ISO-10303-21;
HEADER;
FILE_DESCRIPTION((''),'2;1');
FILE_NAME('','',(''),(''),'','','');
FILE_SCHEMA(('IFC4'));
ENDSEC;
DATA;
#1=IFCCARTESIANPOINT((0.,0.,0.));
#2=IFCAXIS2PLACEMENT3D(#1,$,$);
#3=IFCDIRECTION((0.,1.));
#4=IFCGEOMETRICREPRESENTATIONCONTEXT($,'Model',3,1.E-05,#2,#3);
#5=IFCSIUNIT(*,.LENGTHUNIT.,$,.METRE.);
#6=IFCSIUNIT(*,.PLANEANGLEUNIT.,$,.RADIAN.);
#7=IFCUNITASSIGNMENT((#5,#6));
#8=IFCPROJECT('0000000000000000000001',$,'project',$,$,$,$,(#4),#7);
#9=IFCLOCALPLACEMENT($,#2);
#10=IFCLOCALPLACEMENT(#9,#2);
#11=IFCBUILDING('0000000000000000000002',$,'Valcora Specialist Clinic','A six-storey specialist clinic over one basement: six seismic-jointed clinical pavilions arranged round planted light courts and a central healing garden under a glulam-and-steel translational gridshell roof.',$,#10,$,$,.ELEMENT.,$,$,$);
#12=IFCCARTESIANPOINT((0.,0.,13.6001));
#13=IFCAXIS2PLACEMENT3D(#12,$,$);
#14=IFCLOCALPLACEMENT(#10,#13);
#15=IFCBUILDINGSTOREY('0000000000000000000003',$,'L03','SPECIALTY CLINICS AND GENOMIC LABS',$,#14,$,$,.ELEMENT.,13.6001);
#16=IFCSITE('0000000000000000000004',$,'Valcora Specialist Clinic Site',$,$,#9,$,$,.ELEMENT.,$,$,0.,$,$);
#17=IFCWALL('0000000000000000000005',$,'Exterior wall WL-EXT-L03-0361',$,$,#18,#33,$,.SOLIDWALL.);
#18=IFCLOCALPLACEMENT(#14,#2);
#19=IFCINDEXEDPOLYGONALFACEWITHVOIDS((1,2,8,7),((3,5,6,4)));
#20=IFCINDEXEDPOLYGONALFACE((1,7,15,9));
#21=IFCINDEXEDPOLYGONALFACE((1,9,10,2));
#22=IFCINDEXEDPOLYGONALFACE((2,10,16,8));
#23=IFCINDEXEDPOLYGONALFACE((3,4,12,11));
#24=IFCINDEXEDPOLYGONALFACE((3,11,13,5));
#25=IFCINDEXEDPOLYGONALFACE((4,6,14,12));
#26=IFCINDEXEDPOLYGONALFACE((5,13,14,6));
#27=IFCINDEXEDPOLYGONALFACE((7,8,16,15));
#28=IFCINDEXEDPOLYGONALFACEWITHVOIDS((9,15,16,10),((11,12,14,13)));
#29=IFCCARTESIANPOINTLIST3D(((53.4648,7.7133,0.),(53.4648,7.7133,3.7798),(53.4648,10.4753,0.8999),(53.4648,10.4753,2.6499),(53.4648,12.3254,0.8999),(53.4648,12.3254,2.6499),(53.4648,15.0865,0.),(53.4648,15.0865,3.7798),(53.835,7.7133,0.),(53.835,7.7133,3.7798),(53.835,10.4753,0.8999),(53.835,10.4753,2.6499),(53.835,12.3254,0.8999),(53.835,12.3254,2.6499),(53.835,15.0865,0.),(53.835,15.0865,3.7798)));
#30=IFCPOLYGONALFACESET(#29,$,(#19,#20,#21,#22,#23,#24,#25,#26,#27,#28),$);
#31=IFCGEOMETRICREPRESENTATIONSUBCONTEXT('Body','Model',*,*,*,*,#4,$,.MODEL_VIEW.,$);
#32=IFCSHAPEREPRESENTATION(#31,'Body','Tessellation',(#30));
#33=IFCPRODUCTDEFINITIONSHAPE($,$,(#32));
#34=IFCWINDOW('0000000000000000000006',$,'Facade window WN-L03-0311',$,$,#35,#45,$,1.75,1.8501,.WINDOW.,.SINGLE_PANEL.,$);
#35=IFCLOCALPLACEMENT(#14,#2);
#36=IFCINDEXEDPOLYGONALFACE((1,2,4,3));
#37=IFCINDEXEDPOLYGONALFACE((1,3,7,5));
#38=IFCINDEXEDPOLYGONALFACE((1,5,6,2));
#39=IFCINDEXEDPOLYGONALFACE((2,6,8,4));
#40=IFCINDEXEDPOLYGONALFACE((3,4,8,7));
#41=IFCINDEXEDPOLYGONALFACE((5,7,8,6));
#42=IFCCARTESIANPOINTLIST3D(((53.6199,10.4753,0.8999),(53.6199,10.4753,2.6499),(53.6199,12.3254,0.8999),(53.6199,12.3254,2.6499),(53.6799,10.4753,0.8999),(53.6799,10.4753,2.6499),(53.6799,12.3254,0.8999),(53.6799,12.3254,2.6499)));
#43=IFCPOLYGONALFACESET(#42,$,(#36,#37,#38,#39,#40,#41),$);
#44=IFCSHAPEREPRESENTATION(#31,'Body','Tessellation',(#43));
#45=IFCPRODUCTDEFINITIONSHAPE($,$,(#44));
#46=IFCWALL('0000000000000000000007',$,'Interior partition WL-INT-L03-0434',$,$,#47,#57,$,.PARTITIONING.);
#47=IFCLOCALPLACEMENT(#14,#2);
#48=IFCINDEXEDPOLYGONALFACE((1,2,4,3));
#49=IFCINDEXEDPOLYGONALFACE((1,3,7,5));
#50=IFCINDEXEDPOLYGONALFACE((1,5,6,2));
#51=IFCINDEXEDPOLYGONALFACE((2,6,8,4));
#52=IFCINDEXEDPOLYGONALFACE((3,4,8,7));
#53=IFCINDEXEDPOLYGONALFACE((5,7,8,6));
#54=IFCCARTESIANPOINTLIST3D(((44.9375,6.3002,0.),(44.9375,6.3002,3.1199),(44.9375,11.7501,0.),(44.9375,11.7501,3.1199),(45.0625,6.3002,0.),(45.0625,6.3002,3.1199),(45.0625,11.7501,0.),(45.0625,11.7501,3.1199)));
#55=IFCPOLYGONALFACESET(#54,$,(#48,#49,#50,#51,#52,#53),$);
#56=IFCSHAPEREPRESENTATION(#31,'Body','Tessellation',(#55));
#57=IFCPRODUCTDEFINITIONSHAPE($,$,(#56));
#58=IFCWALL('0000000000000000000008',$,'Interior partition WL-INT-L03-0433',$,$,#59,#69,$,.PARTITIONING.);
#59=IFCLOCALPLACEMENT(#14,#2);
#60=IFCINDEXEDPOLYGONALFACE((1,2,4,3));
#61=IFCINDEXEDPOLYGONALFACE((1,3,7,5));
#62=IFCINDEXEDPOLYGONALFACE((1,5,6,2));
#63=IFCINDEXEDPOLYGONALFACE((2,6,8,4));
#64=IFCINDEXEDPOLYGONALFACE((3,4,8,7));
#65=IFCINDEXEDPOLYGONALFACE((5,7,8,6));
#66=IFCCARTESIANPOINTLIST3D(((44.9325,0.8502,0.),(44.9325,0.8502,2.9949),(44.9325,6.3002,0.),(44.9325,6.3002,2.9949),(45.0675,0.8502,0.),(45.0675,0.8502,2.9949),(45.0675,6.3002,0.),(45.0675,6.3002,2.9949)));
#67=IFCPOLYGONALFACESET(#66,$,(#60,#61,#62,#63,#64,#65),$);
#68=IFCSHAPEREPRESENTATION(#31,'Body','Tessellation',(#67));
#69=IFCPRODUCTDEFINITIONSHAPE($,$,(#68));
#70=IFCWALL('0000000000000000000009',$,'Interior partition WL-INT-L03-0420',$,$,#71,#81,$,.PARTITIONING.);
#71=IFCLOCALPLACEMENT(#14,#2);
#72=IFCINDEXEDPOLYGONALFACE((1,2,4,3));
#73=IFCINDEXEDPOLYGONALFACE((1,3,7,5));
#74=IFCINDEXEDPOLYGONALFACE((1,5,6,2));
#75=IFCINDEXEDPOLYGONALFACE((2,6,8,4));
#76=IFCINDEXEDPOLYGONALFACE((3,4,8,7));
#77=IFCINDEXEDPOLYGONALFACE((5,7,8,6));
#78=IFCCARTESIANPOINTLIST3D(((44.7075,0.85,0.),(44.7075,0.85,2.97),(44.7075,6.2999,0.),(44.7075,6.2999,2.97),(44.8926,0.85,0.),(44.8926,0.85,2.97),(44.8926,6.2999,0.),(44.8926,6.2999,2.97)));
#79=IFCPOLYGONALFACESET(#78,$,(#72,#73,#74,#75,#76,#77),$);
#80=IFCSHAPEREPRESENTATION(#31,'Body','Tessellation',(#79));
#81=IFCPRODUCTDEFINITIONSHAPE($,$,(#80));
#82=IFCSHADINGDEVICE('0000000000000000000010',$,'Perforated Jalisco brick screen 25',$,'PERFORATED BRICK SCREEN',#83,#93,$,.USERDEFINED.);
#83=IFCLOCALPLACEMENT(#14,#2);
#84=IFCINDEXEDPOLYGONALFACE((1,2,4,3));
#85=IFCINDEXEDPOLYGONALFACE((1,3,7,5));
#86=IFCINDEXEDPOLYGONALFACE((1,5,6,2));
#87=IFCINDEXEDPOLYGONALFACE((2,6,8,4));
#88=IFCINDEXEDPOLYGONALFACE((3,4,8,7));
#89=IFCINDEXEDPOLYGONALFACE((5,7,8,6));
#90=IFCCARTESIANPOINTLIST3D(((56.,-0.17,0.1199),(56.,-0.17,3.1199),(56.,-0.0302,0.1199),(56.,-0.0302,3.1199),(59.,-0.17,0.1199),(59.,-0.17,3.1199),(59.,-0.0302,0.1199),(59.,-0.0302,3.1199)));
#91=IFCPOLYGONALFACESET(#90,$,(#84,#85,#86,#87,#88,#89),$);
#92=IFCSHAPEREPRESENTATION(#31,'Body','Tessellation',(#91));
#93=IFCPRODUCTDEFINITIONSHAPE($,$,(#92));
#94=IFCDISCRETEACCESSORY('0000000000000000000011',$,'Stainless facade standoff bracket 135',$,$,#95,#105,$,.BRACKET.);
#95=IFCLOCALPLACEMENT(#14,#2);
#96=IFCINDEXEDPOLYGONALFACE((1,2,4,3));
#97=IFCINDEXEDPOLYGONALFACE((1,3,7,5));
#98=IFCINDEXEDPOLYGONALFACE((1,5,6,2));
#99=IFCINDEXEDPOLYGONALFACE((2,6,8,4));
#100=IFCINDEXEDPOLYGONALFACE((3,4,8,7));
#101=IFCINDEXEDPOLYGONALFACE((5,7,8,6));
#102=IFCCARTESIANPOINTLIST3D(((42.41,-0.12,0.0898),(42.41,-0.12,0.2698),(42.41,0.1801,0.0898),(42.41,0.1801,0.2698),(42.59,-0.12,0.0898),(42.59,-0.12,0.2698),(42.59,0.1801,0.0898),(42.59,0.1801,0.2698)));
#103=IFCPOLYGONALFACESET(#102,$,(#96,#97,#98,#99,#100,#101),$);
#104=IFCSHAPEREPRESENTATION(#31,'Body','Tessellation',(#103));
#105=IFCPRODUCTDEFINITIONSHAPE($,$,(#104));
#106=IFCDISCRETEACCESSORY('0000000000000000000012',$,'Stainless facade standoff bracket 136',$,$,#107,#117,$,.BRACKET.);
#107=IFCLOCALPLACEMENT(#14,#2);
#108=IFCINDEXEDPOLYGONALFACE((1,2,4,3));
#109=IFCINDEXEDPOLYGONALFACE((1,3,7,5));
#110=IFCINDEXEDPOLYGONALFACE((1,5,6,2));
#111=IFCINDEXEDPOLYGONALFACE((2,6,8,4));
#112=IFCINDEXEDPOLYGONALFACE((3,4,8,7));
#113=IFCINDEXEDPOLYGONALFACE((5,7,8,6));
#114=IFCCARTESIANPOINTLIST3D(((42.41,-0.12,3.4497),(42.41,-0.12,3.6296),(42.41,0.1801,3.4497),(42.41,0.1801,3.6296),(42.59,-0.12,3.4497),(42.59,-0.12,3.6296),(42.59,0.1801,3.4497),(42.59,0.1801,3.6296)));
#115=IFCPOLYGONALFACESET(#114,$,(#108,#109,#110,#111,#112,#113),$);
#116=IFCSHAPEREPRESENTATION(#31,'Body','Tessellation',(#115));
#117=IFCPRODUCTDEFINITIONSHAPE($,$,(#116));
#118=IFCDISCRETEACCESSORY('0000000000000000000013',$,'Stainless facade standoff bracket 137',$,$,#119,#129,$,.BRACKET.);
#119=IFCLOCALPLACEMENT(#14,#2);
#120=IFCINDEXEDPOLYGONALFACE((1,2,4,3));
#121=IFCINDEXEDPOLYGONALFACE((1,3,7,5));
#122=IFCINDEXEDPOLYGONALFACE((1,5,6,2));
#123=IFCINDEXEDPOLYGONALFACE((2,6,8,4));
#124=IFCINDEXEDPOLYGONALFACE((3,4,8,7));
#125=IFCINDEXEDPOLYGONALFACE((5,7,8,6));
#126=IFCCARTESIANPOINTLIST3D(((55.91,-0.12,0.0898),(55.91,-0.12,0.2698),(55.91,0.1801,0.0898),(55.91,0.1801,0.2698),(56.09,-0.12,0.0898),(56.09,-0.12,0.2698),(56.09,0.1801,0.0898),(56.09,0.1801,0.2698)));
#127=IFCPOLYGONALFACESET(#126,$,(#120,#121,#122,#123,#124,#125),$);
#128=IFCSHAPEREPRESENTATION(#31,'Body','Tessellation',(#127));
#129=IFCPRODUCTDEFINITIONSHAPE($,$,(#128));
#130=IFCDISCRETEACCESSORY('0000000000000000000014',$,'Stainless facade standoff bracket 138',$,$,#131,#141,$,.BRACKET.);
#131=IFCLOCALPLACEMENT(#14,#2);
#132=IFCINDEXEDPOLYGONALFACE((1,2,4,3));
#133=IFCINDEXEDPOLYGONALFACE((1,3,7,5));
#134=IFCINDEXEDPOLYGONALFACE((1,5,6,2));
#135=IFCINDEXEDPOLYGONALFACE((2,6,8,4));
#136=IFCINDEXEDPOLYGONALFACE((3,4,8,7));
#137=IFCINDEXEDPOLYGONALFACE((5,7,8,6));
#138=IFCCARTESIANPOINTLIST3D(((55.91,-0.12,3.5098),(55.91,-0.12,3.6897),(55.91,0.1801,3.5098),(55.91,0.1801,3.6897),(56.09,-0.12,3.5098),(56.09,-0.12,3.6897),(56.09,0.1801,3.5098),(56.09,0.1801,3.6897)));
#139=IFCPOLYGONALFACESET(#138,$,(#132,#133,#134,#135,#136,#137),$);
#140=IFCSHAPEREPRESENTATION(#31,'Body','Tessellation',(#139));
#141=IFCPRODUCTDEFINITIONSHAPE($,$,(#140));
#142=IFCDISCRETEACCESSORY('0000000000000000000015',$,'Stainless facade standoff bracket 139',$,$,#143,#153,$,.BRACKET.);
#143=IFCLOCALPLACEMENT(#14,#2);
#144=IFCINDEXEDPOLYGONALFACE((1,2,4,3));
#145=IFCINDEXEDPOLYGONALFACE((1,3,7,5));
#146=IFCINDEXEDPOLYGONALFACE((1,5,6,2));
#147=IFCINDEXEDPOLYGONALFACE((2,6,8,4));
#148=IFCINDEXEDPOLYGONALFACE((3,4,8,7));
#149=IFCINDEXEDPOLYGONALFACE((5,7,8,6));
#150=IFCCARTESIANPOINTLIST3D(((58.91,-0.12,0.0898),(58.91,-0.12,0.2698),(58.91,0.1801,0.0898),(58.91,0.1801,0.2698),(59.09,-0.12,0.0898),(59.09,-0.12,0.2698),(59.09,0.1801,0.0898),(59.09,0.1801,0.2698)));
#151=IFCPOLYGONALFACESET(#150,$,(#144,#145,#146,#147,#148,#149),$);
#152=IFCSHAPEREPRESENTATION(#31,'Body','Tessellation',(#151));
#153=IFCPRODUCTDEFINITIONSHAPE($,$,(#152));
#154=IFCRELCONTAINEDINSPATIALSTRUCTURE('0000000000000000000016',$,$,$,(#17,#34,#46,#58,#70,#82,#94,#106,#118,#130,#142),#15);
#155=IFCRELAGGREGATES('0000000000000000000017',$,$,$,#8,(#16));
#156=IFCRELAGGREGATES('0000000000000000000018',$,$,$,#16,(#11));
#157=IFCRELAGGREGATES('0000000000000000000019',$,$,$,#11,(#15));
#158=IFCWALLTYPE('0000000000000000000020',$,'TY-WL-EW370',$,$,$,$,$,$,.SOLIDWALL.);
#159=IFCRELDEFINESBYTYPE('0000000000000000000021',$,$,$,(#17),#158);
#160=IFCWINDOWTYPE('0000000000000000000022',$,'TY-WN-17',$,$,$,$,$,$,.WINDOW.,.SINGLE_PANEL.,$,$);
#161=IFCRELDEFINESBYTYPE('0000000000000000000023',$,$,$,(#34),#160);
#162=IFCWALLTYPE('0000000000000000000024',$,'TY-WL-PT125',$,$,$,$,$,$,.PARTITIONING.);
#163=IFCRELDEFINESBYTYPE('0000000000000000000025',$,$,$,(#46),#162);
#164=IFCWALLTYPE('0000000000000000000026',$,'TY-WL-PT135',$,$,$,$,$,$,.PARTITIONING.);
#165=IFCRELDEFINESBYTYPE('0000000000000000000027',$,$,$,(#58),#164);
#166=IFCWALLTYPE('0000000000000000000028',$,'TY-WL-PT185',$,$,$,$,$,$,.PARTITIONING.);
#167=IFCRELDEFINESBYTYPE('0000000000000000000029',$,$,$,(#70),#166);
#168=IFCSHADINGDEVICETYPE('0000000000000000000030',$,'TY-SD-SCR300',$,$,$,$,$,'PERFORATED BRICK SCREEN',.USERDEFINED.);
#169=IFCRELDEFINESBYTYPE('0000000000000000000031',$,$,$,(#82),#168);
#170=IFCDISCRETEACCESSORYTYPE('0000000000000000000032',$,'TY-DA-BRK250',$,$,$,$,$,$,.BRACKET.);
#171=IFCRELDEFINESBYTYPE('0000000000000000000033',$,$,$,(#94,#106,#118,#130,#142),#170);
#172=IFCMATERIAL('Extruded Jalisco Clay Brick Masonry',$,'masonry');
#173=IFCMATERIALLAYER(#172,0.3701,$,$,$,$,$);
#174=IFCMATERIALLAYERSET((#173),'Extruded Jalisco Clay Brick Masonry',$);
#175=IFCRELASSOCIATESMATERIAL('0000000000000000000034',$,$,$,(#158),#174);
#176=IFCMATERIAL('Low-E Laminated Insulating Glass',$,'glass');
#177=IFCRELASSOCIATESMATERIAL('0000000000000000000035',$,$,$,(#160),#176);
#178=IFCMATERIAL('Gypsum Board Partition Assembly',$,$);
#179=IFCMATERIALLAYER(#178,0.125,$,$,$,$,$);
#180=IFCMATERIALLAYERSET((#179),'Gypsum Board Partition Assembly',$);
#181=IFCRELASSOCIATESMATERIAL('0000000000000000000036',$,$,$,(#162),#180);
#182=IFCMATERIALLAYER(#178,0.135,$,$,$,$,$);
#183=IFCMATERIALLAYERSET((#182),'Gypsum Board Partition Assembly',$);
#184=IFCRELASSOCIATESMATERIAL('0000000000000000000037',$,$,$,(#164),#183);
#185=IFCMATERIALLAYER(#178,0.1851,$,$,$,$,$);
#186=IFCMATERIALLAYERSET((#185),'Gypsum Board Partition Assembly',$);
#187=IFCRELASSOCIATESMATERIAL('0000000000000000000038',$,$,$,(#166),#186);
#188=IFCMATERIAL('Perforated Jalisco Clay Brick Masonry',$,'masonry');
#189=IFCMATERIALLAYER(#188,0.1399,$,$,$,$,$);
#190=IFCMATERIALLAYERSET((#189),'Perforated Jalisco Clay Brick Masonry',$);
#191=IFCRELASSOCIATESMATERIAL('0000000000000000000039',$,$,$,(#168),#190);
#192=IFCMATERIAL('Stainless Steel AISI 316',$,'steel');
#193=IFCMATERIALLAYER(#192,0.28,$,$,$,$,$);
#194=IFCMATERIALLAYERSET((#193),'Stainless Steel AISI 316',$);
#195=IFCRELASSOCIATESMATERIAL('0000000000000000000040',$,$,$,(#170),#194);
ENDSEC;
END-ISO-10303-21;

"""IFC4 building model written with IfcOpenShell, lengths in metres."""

from ifc_helpers import new_model, si_unit, direction, frame, frame_2d, origin, origin_2d, place, context, subcontext, project, spatial, rectangle, extrude, material, layer, layer_set, type_object, element, fill, save


model = new_model("IFC4")

# Units and contexts
model_context = context("Model", 3, precision=1e-05, world=origin(), true_north=direction((0.0, 1.0)))
body_context = subcontext(model_context, "Body", "Model", "MODEL_VIEW")
ifc_project = project(units=[si_unit("LENGTHUNIT", "METRE"), si_unit("PLANEANGLEUNIT", "RADIAN")], contexts=[model_context])

# Site, building, storey
site_placement = place(None, origin())
site = spatial("IfcSite", under=ifc_project, at=site_placement, Name="Valcora Specialist Clinic Site", CompositionType="ELEMENT", RefElevation=0.0)
building_placement = place(site_placement, origin())
building = spatial("IfcBuilding", under=site, at=building_placement, Name="Valcora Specialist Clinic", Description="A six-storey specialist clinic over one basement: six seismic-jointed clinical pavilions arranged round planted light courts and a central healing garden under a glulam-and-steel translational gridshell roof.", CompositionType="ELEMENT")
storey_placement = place(building_placement, frame((0.0, 0.0, 13.6001)))
storey = spatial("IfcBuildingStorey", under=building, at=storey_placement, Name="L03", Description="SPECIALTY CLINICS AND GENOMIC LABS", CompositionType="ELEMENT", Elevation=13.6001)

# Wall, opening, window
ifc_material_1 = material(Name="Extruded Jalisco Clay Brick Masonry", Category="masonry")
ifc_material_2 = material(Name="Low-E Laminated Insulating Glass", Category="glass")
ifc_layer_1 = layer(ifc_material_1, 0.3701)
ifc_layer_set_1 = layer_set([ifc_layer_1], Name="Extruded Jalisco Clay Brick Masonry")
wall_type_1 = type_object("IfcWallType", Name="TY-WL-EW370", PredefinedType="SOLIDWALL", material=ifc_layer_set_1)
wall_1_placement = place(storey_placement, frame((53.6499, 7.7134, 0.0), z_axis=(0.0, 0.0, 1.0), x_axis=(0.0, 1.0, 0.0)))
wall_1 = element("IfcWall", 1, at=wall_1_placement, inside=storey, type_object=wall_type_1, Name="Exterior wall WL-EXT-L03-0361", PredefinedType="SOLIDWALL", context=body_context, shape_type="SweptSolid", body=[
    extrude(rectangle(XDim=7.3733, YDim=0.3701, at=frame_2d((3.6865, 0.0))), origin(), (0.0, 0.0, 1.0), 3.7798),
])
opening_1_placement = place(wall_1_placement, frame((2.762, 0.0, 0.8999)))
opening_1 = element("IfcOpeningElement", 2, at=opening_1_placement, cuts=wall_1, PredefinedType="OPENING", context=body_context, shape_type="SweptSolid", body=[
    extrude(rectangle(XDim=1.8501, YDim=1.75, at=frame_2d((0.925, 0.875))), frame((0.0, 0.1951, 0.0), z_axis=(0.0, -1.0, 0.0), x_axis=(1.0, 0.0, 0.0)), (0.0, 0.0, 1.0), 0.3901),
])
window_type_1 = type_object("IfcWindowType", Name="TY-WN-17", PartitioningType="SINGLE_PANEL", PredefinedType="WINDOW", material=ifc_material_2)
window_1_placement = place(opening_1_placement, origin())
window_1 = element("IfcWindow", 3, at=window_1_placement, inside=storey, type_object=window_type_1, Name="Facade window WN-L03-0311", OverallHeight=1.75, OverallWidth=1.8501, PartitioningType="SINGLE_PANEL", PredefinedType="WINDOW", context=body_context, shape_type="SweptSolid", body=[
    extrude(rectangle(XDim=1.8501, YDim=1.75, at=frame_2d((0.925, 0.875))), frame((0.0, 0.03, 0.0), z_axis=(0.0, -1.0, 0.0), x_axis=(1.0, 0.0, 0.0)), (0.0, 0.0, 1.0), 0.0601),
])
fill(opening_1, window_1)

# Walls
ifc_material_3 = material(Name="Gypsum Board Partition Assembly")
ifc_layer_2 = layer(ifc_material_3, 0.125)
ifc_layer_set_2 = layer_set([ifc_layer_2], Name="Gypsum Board Partition Assembly")
wall_type_2 = type_object("IfcWallType", Name="TY-WL-PT125", PredefinedType="PARTITIONING", material=ifc_layer_set_2)
wall_2_placement = place(storey_placement, frame((45.0, 6.3, 0.0), z_axis=(0.0, 0.0, 1.0), x_axis=(0.0, 1.0, 0.0)))
element("IfcWall", 4, at=wall_2_placement, inside=storey, type_object=wall_type_2, Name="Interior partition WL-INT-L03-0434", PredefinedType="PARTITIONING", context=body_context, shape_type="SweptSolid", body=[
    extrude(rectangle(XDim=5.45, YDim=0.125, at=frame_2d((2.7251, 0.0))), origin(), (0.0, 0.0, 1.0), 3.1199),
])
ifc_layer_3 = layer(ifc_material_3, 0.135)
ifc_layer_set_3 = layer_set([ifc_layer_3], Name="Gypsum Board Partition Assembly")
wall_type_3 = type_object("IfcWallType", Name="TY-WL-PT135", PredefinedType="PARTITIONING", material=ifc_layer_set_3)
wall_3_placement = place(storey_placement, frame((45.0, 0.8501, 0.0), z_axis=(0.0, 0.0, 1.0), x_axis=(0.0, 1.0, 0.0)))
element("IfcWall", 5, at=wall_3_placement, inside=storey, type_object=wall_type_3, Name="Interior partition WL-INT-L03-0433", PredefinedType="PARTITIONING", context=body_context, shape_type="SweptSolid", body=[
    extrude(rectangle(XDim=5.45, YDim=0.135, at=frame_2d((2.7251, 0.0))), origin(), (0.0, 0.0, 1.0), 2.9949),
])
ifc_layer_4 = layer(ifc_material_3, 0.1851)
ifc_layer_set_4 = layer_set([ifc_layer_4], Name="Gypsum Board Partition Assembly")
wall_type_4 = type_object("IfcWallType", Name="TY-WL-PT185", PredefinedType="PARTITIONING", material=ifc_layer_set_4)
wall_4_placement = place(storey_placement, frame((44.8, 6.3, 0.0), z_axis=(0.0, 0.0, 1.0), x_axis=(0.0, -1.0, 0.0)))
element("IfcWall", 6, at=wall_4_placement, inside=storey, type_object=wall_type_4, Name="Interior partition WL-INT-L03-0420", PredefinedType="PARTITIONING", context=body_context, shape_type="SweptSolid", body=[
    extrude(rectangle(XDim=5.45, YDim=0.1851, at=frame_2d((2.7251, 0.0))), origin(), (0.0, 0.0, 1.0), 2.97),
])

# Shading device
ifc_material_4 = material(Name="Perforated Jalisco Clay Brick Masonry", Category="masonry")
ifc_layer_5 = layer(ifc_material_4, 0.1399)
ifc_layer_set_5 = layer_set([ifc_layer_5], Name="Perforated Jalisco Clay Brick Masonry")
shading_device_type = type_object("IfcShadingDeviceType", Name="TY-SD-SCR300", ElementType="PERFORATED BRICK SCREEN", PredefinedType="USERDEFINED", material=ifc_layer_set_5)
shading_device_placement = place(storey_placement, frame((57.5, -0.1001, 0.1199), z_axis=(0.0, 0.0, 1.0), x_axis=(1.0, 0.0, 0.0)))
element("IfcShadingDevice", 7, at=shading_device_placement, inside=storey, type_object=shading_device_type, Name="Perforated Jalisco brick screen 25", ObjectType="PERFORATED BRICK SCREEN", PredefinedType="USERDEFINED", context=body_context, shape_type="SweptSolid", body=[
    extrude(rectangle(XDim=3.0, YDim=0.1399, at=origin_2d()), origin(), (0.0, 0.0, 1.0), 3.0),
])

# Discrete accessories
ifc_material_5 = material(Name="Stainless Steel AISI 316", Category="steel")
ifc_layer_6 = layer(ifc_material_5, 0.28)
ifc_layer_set_6 = layer_set([ifc_layer_6], Name="Stainless Steel AISI 316")
discrete_accessory_type = type_object("IfcDiscreteAccessoryType", Name="TY-DA-BRK250", PredefinedType="BRACKET", material=ifc_layer_set_6)
for number, where, z_axis, x_axis, name in (
    (8, (42.5, 0.03, 0.0898), (0.0, 0.0, 1.0), (1.0, 0.0, 0.0), "Stainless facade standoff bracket 135"),
    (9, (42.5, 0.03, 3.4497), (0.0, 0.0, 1.0), (1.0, 0.0, 0.0), "Stainless facade standoff bracket 136"),
    (10, (56.0, 0.03, 0.0898), (0.0, 0.0, 1.0), (1.0, 0.0, 0.0), "Stainless facade standoff bracket 137"),
    (11, (56.0, 0.03, 3.5098), (0.0, 0.0, 1.0), (1.0, 0.0, 0.0), "Stainless facade standoff bracket 138"),
    (12, (59.0, 0.03, 0.0898), (0.0, 0.0, 1.0), (1.0, 0.0, 0.0), "Stainless facade standoff bracket 139"),
):
    element("IfcDiscreteAccessory", number, at=place(storey_placement, frame(where, z_axis=z_axis, x_axis=x_axis)), inside=storey, type_object=discrete_accessory_type, Name=name, PredefinedType="BRACKET", context=body_context, shape_type="SweptSolid", body=[
        extrude(rectangle(XDim=0.1799, YDim=0.3, at=origin_2d()), origin(), (0.0, 0.0, 1.0), 0.1799),
    ])

save(model, "model.ifc")
